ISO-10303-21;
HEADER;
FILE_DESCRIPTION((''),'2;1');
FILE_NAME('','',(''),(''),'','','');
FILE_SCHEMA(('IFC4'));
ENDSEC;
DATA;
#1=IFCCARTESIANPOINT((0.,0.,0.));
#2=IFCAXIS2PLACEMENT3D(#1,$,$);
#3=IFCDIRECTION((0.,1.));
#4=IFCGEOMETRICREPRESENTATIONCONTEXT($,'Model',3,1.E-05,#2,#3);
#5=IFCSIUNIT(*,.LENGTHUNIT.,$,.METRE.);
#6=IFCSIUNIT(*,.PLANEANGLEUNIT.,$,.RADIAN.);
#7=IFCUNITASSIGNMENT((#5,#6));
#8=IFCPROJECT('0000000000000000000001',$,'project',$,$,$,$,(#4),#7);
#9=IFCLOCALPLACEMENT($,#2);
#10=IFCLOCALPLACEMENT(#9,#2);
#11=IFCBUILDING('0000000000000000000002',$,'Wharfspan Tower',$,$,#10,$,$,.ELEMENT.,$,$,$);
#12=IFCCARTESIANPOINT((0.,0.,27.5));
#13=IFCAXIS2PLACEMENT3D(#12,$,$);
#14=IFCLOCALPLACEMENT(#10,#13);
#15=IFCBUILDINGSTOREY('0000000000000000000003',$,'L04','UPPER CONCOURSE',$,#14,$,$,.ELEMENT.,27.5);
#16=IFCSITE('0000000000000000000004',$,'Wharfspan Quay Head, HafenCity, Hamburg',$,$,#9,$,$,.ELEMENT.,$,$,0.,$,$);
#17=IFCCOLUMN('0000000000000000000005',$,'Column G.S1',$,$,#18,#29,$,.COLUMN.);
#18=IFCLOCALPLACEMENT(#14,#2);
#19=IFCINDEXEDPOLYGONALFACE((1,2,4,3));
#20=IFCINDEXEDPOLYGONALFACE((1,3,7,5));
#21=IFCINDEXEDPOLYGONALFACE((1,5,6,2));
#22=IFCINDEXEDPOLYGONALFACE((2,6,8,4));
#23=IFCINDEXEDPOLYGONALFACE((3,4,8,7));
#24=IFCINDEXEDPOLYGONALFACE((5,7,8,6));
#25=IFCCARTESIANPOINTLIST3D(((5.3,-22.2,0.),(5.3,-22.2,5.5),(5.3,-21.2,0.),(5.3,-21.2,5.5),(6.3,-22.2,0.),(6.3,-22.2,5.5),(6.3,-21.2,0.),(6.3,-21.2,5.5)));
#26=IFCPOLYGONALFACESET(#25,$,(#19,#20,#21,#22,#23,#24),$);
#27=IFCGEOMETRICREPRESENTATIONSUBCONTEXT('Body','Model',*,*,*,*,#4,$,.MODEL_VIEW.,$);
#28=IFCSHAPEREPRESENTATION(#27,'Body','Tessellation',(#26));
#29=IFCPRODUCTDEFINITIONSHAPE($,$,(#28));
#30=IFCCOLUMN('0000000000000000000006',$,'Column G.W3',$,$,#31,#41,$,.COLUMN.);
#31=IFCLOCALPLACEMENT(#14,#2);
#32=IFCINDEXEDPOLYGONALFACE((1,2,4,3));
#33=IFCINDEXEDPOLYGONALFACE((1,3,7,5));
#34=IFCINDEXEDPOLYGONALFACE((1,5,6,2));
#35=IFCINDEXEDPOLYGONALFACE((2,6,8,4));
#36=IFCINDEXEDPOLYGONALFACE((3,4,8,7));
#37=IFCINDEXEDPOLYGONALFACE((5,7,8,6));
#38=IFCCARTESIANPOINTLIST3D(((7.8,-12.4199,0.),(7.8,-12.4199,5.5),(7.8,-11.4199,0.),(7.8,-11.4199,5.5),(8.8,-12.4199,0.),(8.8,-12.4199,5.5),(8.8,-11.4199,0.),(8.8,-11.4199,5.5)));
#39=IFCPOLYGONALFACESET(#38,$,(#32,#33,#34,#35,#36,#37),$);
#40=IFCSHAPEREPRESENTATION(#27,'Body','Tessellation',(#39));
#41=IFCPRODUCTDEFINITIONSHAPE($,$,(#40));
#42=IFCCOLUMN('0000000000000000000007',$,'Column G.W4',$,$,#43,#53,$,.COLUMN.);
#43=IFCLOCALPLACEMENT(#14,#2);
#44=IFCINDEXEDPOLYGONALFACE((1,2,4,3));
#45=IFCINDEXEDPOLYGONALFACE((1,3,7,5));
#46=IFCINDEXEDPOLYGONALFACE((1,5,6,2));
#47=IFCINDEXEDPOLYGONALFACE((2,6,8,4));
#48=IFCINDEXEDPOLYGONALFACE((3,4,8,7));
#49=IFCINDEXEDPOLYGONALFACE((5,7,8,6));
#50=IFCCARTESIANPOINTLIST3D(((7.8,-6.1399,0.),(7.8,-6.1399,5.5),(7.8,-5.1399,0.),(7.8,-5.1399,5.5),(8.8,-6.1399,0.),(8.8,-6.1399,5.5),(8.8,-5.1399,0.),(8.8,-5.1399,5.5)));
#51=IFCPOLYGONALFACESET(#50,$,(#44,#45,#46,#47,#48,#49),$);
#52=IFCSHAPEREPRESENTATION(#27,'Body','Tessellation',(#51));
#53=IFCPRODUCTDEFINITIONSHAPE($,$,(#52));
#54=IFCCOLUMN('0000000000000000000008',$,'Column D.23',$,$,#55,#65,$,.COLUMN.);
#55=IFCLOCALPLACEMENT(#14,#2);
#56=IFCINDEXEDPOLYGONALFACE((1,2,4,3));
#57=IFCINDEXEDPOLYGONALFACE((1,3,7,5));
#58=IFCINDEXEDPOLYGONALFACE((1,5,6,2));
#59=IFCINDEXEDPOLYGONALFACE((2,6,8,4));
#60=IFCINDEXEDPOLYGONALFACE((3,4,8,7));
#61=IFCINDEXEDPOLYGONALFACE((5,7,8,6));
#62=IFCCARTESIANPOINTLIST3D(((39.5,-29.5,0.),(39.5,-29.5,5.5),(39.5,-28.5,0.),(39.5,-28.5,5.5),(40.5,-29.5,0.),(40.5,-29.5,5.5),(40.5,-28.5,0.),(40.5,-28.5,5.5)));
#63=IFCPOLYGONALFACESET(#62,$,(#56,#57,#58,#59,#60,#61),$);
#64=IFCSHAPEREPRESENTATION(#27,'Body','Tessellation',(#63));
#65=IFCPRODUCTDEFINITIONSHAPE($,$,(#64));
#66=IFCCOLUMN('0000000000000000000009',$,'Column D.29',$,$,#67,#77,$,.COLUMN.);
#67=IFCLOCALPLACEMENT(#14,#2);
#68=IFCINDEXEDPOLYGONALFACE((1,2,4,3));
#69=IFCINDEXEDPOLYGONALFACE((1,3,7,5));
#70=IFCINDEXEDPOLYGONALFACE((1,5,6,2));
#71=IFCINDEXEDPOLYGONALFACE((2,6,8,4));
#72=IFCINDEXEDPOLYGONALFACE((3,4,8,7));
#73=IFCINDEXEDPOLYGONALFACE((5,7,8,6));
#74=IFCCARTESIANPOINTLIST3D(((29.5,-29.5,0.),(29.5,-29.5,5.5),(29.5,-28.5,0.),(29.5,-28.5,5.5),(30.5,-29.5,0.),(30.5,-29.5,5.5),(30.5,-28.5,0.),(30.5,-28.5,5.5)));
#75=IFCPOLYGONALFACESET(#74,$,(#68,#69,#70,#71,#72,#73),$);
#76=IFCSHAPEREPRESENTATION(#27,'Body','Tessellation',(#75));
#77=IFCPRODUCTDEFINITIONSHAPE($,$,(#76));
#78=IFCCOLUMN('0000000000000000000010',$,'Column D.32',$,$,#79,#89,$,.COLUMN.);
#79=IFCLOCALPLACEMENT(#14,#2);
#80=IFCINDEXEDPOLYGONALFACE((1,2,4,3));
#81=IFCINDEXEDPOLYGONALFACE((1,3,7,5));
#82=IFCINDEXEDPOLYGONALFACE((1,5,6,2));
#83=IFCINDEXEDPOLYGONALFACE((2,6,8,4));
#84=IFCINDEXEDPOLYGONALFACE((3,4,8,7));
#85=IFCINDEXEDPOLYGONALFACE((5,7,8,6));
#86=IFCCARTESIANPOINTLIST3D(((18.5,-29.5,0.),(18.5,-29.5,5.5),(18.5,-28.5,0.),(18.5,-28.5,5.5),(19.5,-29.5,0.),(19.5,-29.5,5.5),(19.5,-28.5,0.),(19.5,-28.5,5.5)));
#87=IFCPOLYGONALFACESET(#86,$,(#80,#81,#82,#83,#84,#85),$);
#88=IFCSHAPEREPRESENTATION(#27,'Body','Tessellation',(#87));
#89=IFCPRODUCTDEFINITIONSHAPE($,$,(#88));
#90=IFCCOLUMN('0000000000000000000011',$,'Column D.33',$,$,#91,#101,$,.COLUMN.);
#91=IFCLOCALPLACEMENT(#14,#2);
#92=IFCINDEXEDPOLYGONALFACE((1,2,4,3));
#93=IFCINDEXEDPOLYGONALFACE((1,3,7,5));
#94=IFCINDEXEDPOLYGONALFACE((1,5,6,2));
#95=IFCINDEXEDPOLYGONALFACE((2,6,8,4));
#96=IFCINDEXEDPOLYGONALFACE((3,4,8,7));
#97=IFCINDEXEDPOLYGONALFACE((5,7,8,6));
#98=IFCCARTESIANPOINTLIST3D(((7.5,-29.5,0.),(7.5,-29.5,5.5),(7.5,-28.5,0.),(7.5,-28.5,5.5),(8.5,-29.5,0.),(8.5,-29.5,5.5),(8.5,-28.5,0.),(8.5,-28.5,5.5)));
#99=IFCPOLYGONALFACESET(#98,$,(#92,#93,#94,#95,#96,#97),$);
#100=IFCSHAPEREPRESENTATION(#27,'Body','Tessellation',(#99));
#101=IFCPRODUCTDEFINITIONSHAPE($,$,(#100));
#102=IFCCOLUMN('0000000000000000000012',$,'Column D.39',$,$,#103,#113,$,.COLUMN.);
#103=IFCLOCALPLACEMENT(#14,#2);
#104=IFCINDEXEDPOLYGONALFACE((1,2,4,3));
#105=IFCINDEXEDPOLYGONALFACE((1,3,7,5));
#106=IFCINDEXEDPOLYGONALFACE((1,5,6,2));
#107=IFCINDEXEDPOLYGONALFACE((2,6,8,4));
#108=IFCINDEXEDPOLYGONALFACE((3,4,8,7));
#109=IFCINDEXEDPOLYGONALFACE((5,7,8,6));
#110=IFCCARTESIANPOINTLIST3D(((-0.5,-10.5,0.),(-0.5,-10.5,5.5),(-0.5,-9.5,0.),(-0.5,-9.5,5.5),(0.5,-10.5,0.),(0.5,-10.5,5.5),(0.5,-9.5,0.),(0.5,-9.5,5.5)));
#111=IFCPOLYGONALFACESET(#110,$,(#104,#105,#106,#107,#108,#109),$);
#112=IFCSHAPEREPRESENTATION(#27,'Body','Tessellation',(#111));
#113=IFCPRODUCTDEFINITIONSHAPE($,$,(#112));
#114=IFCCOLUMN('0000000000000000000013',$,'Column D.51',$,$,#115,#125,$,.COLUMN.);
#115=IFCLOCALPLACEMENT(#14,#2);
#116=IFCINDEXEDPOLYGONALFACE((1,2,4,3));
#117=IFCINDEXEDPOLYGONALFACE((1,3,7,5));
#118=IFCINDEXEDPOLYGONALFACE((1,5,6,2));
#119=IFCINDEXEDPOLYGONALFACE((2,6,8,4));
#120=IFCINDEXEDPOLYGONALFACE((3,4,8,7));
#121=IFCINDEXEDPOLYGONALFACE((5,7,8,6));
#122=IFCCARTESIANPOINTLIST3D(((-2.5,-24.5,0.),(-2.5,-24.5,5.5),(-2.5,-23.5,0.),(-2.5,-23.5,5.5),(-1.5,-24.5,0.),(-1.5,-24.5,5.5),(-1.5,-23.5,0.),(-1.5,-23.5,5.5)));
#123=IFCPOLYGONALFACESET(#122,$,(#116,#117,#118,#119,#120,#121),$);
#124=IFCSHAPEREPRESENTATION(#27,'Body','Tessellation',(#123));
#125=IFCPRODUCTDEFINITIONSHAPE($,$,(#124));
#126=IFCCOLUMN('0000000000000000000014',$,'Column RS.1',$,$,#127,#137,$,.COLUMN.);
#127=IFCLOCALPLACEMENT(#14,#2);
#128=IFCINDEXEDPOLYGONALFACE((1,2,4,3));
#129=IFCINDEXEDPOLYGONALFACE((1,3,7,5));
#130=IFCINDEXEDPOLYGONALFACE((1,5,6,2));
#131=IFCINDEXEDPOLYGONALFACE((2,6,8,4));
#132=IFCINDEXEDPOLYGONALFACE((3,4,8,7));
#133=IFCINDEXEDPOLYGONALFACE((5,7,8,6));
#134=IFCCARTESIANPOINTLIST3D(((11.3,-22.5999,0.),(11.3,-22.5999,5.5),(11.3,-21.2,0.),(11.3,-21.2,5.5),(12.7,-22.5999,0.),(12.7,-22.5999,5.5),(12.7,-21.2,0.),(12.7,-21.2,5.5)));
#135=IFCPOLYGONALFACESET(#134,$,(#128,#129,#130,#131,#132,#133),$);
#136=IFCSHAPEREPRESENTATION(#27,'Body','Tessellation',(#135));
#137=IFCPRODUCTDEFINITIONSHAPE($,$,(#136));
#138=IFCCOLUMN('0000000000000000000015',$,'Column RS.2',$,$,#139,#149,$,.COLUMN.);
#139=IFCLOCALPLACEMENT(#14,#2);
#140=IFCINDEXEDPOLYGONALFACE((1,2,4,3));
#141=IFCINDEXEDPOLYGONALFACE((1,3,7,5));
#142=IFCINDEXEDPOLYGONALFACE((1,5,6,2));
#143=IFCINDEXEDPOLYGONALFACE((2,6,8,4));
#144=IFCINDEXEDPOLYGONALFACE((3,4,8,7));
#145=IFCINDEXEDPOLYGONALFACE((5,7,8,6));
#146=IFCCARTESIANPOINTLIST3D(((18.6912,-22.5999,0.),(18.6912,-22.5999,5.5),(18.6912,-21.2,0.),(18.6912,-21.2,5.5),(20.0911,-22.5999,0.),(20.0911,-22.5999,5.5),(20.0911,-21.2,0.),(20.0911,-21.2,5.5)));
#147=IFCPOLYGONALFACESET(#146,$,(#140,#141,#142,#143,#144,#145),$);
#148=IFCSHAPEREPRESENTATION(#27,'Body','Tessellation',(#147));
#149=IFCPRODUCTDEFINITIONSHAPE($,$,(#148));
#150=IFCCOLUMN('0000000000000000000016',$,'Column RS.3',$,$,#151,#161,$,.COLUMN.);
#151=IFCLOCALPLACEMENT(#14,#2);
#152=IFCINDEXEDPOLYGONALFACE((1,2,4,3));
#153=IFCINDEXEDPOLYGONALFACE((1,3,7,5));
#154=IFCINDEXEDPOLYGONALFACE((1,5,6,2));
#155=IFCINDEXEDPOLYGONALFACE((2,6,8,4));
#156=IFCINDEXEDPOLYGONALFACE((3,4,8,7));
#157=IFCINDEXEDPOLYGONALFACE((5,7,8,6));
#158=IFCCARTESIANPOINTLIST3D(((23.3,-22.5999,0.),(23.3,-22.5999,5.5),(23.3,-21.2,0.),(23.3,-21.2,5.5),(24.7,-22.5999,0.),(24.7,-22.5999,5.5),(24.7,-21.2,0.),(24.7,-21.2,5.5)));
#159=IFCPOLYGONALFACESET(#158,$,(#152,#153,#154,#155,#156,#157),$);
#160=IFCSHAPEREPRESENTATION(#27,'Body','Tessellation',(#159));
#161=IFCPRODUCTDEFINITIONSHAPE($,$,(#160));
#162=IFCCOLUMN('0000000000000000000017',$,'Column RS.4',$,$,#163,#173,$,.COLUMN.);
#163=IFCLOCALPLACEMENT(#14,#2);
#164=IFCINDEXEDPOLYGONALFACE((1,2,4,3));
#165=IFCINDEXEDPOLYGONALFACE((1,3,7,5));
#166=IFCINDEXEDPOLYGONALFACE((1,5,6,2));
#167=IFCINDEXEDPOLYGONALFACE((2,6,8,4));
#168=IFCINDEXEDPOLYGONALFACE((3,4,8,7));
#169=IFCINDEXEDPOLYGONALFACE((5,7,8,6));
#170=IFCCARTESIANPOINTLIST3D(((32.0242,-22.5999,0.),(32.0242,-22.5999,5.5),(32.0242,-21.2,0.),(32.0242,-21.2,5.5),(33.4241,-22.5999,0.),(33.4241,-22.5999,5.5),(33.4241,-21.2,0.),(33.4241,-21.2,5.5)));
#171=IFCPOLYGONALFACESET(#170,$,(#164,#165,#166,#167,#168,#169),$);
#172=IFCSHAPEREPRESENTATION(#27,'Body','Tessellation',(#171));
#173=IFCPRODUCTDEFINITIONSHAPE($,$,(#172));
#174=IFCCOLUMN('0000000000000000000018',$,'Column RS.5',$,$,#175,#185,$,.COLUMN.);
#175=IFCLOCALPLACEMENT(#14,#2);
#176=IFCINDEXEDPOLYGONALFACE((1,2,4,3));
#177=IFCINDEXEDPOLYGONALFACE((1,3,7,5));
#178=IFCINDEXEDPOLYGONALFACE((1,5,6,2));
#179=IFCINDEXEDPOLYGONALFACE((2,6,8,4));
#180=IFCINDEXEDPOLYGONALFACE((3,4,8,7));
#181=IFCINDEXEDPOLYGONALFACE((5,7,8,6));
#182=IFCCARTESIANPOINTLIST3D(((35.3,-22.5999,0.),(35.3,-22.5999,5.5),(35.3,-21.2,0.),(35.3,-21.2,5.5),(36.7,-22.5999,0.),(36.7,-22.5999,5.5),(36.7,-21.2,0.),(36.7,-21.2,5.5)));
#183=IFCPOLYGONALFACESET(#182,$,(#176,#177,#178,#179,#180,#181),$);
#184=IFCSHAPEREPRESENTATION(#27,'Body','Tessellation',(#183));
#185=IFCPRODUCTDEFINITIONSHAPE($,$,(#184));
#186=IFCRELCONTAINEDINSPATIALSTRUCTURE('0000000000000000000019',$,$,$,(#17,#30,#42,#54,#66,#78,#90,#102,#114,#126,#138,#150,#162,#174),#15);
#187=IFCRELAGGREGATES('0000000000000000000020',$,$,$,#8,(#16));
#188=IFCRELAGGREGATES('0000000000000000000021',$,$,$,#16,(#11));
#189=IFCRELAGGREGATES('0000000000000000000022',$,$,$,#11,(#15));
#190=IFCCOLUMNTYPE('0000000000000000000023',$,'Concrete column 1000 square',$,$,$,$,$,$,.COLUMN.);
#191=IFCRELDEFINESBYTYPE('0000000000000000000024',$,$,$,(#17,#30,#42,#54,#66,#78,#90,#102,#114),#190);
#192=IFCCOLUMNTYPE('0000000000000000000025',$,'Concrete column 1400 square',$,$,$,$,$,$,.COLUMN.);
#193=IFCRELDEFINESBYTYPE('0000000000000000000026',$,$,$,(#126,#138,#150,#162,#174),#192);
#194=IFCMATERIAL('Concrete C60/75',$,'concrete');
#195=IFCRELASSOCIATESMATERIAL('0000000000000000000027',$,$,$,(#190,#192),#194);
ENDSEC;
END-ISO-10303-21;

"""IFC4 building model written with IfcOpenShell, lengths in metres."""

from ifc_helpers import new_model, si_unit, direction, frame, origin, origin_2d, place, context, subcontext, project, spatial, rectangle, extrude, material, material_profile, profile_set, type_object, element, save


model = new_model("IFC4")

# Units and contexts
model_context = context("Model", 3, precision=1e-05, world=origin(), true_north=direction((0.0, 1.0)))
body_context = subcontext(model_context, "Body", "Model", "MODEL_VIEW")
ifc_project = project(units=[si_unit("LENGTHUNIT", "METRE"), si_unit("PLANEANGLEUNIT", "RADIAN")], contexts=[model_context])

# Site, building, storey
site_placement = place(None, origin())
site = spatial("IfcSite", under=ifc_project, at=site_placement, Name="Wharfspan Quay Head, HafenCity, Hamburg", CompositionType="ELEMENT", RefElevation=0.0)
building_placement = place(site_placement, origin())
building = spatial("IfcBuilding", under=site, at=building_placement, Name="Wharfspan Tower", CompositionType="ELEMENT")
storey_placement = place(building_placement, frame((0.0, 0.0, 27.5)))
storey = spatial("IfcBuildingStorey", under=building, at=storey_placement, Name="L04", Description="UPPER CONCOURSE", CompositionType="ELEMENT", Elevation=27.5)

# Columns
ifc_material_1 = material(Name="Concrete C60/75", Category="concrete")
ifc_material_profile_1 = material_profile(ifc_material_1, rectangle(XDim=1.0, YDim=1.0, at=origin_2d()))
ifc_profile_set_1 = profile_set([ifc_material_profile_1], Name="Concrete C60/75")
column_type_1 = type_object("IfcColumnType", Name="Concrete column 1000 square", PredefinedType="COLUMN", material=ifc_profile_set_1)
for number, where, z_axis, x_axis, name in (
    (1, (5.8, -21.7, 0.0), (0.0, 0.0, 1.0), (1.0, 0.0, 0.0), "Column G.S1"),
    (2, (8.3, -11.9199, 0.0), (0.0, 0.0, 1.0), (1.0, 0.0, 0.0), "Column G.W3"),
    (3, (8.3, -5.6399, 0.0), (0.0, 0.0, 1.0), (1.0, 0.0, 0.0), "Column G.W4"),
    (4, (40.0, -29.0, 0.0), (0.0, 0.0, 1.0), (1.0, 0.0, 0.0), "Column D.23"),
    (5, (30.0, -29.0, 0.0), (0.0, 0.0, 1.0), (1.0, 0.0, 0.0), "Column D.29"),
    (6, (19.0, -29.0, 0.0), (0.0, 0.0, 1.0), (1.0, 0.0, 0.0), "Column D.32"),
    (7, (8.0, -29.0, 0.0), (0.0, 0.0, 1.0), (1.0, 0.0, 0.0), "Column D.33"),
    (8, (0.0, -10.0, 0.0), (0.0, 0.0, 1.0), (1.0, 0.0, 0.0), "Column D.39"),
    (9, (-2.0, -24.0, 0.0), (0.0, 0.0, 1.0), (1.0, 0.0, 0.0), "Column D.51"),
):
    element("IfcColumn", number, at=place(storey_placement, frame(where, z_axis=z_axis, x_axis=x_axis)), inside=storey, type_object=column_type_1, Name=name, PredefinedType="COLUMN", context=body_context, shape_type="SweptSolid", body=[
        extrude(rectangle(XDim=1.0, YDim=1.0, at=origin_2d()), origin(), (0.0, 0.0, 1.0), 5.5),
    ])
ifc_material_profile_2 = material_profile(ifc_material_1, rectangle(XDim=1.3999, YDim=1.3999, at=origin_2d()))
ifc_profile_set_2 = profile_set([ifc_material_profile_2], Name="Concrete C60/75")
column_type_2 = type_object("IfcColumnType", Name="Concrete column 1400 square", PredefinedType="COLUMN", material=ifc_profile_set_2)
for number, where, z_axis, x_axis, name in (
    (10, (12.0, -21.8999, 0.0), (0.0, 0.0, 1.0), (1.0, 0.0, 0.0), "Column RS.1"),
    (11, (19.3911, -21.8999, 0.0), (0.0, 0.0, 1.0), (1.0, 0.0, 0.0), "Column RS.2"),
    (12, (24.0, -21.8999, 0.0), (0.0, 0.0, 1.0), (1.0, 0.0, 0.0), "Column RS.3"),
    (13, (32.7241, -21.8999, 0.0), (0.0, 0.0, 1.0), (1.0, 0.0, 0.0), "Column RS.4"),
    (14, (36.0, -21.8999, 0.0), (0.0, 0.0, 1.0), (1.0, 0.0, 0.0), "Column RS.5"),
):
    element("IfcColumn", number, at=place(storey_placement, frame(where, z_axis=z_axis, x_axis=x_axis)), inside=storey, type_object=column_type_2, Name=name, PredefinedType="COLUMN", context=body_context, shape_type="SweptSolid", body=[
        extrude(rectangle(XDim=1.3999, YDim=1.3999, at=origin_2d()), origin(), (0.0, 0.0, 1.0), 5.5),
    ])

save(model, "model.ifc")
